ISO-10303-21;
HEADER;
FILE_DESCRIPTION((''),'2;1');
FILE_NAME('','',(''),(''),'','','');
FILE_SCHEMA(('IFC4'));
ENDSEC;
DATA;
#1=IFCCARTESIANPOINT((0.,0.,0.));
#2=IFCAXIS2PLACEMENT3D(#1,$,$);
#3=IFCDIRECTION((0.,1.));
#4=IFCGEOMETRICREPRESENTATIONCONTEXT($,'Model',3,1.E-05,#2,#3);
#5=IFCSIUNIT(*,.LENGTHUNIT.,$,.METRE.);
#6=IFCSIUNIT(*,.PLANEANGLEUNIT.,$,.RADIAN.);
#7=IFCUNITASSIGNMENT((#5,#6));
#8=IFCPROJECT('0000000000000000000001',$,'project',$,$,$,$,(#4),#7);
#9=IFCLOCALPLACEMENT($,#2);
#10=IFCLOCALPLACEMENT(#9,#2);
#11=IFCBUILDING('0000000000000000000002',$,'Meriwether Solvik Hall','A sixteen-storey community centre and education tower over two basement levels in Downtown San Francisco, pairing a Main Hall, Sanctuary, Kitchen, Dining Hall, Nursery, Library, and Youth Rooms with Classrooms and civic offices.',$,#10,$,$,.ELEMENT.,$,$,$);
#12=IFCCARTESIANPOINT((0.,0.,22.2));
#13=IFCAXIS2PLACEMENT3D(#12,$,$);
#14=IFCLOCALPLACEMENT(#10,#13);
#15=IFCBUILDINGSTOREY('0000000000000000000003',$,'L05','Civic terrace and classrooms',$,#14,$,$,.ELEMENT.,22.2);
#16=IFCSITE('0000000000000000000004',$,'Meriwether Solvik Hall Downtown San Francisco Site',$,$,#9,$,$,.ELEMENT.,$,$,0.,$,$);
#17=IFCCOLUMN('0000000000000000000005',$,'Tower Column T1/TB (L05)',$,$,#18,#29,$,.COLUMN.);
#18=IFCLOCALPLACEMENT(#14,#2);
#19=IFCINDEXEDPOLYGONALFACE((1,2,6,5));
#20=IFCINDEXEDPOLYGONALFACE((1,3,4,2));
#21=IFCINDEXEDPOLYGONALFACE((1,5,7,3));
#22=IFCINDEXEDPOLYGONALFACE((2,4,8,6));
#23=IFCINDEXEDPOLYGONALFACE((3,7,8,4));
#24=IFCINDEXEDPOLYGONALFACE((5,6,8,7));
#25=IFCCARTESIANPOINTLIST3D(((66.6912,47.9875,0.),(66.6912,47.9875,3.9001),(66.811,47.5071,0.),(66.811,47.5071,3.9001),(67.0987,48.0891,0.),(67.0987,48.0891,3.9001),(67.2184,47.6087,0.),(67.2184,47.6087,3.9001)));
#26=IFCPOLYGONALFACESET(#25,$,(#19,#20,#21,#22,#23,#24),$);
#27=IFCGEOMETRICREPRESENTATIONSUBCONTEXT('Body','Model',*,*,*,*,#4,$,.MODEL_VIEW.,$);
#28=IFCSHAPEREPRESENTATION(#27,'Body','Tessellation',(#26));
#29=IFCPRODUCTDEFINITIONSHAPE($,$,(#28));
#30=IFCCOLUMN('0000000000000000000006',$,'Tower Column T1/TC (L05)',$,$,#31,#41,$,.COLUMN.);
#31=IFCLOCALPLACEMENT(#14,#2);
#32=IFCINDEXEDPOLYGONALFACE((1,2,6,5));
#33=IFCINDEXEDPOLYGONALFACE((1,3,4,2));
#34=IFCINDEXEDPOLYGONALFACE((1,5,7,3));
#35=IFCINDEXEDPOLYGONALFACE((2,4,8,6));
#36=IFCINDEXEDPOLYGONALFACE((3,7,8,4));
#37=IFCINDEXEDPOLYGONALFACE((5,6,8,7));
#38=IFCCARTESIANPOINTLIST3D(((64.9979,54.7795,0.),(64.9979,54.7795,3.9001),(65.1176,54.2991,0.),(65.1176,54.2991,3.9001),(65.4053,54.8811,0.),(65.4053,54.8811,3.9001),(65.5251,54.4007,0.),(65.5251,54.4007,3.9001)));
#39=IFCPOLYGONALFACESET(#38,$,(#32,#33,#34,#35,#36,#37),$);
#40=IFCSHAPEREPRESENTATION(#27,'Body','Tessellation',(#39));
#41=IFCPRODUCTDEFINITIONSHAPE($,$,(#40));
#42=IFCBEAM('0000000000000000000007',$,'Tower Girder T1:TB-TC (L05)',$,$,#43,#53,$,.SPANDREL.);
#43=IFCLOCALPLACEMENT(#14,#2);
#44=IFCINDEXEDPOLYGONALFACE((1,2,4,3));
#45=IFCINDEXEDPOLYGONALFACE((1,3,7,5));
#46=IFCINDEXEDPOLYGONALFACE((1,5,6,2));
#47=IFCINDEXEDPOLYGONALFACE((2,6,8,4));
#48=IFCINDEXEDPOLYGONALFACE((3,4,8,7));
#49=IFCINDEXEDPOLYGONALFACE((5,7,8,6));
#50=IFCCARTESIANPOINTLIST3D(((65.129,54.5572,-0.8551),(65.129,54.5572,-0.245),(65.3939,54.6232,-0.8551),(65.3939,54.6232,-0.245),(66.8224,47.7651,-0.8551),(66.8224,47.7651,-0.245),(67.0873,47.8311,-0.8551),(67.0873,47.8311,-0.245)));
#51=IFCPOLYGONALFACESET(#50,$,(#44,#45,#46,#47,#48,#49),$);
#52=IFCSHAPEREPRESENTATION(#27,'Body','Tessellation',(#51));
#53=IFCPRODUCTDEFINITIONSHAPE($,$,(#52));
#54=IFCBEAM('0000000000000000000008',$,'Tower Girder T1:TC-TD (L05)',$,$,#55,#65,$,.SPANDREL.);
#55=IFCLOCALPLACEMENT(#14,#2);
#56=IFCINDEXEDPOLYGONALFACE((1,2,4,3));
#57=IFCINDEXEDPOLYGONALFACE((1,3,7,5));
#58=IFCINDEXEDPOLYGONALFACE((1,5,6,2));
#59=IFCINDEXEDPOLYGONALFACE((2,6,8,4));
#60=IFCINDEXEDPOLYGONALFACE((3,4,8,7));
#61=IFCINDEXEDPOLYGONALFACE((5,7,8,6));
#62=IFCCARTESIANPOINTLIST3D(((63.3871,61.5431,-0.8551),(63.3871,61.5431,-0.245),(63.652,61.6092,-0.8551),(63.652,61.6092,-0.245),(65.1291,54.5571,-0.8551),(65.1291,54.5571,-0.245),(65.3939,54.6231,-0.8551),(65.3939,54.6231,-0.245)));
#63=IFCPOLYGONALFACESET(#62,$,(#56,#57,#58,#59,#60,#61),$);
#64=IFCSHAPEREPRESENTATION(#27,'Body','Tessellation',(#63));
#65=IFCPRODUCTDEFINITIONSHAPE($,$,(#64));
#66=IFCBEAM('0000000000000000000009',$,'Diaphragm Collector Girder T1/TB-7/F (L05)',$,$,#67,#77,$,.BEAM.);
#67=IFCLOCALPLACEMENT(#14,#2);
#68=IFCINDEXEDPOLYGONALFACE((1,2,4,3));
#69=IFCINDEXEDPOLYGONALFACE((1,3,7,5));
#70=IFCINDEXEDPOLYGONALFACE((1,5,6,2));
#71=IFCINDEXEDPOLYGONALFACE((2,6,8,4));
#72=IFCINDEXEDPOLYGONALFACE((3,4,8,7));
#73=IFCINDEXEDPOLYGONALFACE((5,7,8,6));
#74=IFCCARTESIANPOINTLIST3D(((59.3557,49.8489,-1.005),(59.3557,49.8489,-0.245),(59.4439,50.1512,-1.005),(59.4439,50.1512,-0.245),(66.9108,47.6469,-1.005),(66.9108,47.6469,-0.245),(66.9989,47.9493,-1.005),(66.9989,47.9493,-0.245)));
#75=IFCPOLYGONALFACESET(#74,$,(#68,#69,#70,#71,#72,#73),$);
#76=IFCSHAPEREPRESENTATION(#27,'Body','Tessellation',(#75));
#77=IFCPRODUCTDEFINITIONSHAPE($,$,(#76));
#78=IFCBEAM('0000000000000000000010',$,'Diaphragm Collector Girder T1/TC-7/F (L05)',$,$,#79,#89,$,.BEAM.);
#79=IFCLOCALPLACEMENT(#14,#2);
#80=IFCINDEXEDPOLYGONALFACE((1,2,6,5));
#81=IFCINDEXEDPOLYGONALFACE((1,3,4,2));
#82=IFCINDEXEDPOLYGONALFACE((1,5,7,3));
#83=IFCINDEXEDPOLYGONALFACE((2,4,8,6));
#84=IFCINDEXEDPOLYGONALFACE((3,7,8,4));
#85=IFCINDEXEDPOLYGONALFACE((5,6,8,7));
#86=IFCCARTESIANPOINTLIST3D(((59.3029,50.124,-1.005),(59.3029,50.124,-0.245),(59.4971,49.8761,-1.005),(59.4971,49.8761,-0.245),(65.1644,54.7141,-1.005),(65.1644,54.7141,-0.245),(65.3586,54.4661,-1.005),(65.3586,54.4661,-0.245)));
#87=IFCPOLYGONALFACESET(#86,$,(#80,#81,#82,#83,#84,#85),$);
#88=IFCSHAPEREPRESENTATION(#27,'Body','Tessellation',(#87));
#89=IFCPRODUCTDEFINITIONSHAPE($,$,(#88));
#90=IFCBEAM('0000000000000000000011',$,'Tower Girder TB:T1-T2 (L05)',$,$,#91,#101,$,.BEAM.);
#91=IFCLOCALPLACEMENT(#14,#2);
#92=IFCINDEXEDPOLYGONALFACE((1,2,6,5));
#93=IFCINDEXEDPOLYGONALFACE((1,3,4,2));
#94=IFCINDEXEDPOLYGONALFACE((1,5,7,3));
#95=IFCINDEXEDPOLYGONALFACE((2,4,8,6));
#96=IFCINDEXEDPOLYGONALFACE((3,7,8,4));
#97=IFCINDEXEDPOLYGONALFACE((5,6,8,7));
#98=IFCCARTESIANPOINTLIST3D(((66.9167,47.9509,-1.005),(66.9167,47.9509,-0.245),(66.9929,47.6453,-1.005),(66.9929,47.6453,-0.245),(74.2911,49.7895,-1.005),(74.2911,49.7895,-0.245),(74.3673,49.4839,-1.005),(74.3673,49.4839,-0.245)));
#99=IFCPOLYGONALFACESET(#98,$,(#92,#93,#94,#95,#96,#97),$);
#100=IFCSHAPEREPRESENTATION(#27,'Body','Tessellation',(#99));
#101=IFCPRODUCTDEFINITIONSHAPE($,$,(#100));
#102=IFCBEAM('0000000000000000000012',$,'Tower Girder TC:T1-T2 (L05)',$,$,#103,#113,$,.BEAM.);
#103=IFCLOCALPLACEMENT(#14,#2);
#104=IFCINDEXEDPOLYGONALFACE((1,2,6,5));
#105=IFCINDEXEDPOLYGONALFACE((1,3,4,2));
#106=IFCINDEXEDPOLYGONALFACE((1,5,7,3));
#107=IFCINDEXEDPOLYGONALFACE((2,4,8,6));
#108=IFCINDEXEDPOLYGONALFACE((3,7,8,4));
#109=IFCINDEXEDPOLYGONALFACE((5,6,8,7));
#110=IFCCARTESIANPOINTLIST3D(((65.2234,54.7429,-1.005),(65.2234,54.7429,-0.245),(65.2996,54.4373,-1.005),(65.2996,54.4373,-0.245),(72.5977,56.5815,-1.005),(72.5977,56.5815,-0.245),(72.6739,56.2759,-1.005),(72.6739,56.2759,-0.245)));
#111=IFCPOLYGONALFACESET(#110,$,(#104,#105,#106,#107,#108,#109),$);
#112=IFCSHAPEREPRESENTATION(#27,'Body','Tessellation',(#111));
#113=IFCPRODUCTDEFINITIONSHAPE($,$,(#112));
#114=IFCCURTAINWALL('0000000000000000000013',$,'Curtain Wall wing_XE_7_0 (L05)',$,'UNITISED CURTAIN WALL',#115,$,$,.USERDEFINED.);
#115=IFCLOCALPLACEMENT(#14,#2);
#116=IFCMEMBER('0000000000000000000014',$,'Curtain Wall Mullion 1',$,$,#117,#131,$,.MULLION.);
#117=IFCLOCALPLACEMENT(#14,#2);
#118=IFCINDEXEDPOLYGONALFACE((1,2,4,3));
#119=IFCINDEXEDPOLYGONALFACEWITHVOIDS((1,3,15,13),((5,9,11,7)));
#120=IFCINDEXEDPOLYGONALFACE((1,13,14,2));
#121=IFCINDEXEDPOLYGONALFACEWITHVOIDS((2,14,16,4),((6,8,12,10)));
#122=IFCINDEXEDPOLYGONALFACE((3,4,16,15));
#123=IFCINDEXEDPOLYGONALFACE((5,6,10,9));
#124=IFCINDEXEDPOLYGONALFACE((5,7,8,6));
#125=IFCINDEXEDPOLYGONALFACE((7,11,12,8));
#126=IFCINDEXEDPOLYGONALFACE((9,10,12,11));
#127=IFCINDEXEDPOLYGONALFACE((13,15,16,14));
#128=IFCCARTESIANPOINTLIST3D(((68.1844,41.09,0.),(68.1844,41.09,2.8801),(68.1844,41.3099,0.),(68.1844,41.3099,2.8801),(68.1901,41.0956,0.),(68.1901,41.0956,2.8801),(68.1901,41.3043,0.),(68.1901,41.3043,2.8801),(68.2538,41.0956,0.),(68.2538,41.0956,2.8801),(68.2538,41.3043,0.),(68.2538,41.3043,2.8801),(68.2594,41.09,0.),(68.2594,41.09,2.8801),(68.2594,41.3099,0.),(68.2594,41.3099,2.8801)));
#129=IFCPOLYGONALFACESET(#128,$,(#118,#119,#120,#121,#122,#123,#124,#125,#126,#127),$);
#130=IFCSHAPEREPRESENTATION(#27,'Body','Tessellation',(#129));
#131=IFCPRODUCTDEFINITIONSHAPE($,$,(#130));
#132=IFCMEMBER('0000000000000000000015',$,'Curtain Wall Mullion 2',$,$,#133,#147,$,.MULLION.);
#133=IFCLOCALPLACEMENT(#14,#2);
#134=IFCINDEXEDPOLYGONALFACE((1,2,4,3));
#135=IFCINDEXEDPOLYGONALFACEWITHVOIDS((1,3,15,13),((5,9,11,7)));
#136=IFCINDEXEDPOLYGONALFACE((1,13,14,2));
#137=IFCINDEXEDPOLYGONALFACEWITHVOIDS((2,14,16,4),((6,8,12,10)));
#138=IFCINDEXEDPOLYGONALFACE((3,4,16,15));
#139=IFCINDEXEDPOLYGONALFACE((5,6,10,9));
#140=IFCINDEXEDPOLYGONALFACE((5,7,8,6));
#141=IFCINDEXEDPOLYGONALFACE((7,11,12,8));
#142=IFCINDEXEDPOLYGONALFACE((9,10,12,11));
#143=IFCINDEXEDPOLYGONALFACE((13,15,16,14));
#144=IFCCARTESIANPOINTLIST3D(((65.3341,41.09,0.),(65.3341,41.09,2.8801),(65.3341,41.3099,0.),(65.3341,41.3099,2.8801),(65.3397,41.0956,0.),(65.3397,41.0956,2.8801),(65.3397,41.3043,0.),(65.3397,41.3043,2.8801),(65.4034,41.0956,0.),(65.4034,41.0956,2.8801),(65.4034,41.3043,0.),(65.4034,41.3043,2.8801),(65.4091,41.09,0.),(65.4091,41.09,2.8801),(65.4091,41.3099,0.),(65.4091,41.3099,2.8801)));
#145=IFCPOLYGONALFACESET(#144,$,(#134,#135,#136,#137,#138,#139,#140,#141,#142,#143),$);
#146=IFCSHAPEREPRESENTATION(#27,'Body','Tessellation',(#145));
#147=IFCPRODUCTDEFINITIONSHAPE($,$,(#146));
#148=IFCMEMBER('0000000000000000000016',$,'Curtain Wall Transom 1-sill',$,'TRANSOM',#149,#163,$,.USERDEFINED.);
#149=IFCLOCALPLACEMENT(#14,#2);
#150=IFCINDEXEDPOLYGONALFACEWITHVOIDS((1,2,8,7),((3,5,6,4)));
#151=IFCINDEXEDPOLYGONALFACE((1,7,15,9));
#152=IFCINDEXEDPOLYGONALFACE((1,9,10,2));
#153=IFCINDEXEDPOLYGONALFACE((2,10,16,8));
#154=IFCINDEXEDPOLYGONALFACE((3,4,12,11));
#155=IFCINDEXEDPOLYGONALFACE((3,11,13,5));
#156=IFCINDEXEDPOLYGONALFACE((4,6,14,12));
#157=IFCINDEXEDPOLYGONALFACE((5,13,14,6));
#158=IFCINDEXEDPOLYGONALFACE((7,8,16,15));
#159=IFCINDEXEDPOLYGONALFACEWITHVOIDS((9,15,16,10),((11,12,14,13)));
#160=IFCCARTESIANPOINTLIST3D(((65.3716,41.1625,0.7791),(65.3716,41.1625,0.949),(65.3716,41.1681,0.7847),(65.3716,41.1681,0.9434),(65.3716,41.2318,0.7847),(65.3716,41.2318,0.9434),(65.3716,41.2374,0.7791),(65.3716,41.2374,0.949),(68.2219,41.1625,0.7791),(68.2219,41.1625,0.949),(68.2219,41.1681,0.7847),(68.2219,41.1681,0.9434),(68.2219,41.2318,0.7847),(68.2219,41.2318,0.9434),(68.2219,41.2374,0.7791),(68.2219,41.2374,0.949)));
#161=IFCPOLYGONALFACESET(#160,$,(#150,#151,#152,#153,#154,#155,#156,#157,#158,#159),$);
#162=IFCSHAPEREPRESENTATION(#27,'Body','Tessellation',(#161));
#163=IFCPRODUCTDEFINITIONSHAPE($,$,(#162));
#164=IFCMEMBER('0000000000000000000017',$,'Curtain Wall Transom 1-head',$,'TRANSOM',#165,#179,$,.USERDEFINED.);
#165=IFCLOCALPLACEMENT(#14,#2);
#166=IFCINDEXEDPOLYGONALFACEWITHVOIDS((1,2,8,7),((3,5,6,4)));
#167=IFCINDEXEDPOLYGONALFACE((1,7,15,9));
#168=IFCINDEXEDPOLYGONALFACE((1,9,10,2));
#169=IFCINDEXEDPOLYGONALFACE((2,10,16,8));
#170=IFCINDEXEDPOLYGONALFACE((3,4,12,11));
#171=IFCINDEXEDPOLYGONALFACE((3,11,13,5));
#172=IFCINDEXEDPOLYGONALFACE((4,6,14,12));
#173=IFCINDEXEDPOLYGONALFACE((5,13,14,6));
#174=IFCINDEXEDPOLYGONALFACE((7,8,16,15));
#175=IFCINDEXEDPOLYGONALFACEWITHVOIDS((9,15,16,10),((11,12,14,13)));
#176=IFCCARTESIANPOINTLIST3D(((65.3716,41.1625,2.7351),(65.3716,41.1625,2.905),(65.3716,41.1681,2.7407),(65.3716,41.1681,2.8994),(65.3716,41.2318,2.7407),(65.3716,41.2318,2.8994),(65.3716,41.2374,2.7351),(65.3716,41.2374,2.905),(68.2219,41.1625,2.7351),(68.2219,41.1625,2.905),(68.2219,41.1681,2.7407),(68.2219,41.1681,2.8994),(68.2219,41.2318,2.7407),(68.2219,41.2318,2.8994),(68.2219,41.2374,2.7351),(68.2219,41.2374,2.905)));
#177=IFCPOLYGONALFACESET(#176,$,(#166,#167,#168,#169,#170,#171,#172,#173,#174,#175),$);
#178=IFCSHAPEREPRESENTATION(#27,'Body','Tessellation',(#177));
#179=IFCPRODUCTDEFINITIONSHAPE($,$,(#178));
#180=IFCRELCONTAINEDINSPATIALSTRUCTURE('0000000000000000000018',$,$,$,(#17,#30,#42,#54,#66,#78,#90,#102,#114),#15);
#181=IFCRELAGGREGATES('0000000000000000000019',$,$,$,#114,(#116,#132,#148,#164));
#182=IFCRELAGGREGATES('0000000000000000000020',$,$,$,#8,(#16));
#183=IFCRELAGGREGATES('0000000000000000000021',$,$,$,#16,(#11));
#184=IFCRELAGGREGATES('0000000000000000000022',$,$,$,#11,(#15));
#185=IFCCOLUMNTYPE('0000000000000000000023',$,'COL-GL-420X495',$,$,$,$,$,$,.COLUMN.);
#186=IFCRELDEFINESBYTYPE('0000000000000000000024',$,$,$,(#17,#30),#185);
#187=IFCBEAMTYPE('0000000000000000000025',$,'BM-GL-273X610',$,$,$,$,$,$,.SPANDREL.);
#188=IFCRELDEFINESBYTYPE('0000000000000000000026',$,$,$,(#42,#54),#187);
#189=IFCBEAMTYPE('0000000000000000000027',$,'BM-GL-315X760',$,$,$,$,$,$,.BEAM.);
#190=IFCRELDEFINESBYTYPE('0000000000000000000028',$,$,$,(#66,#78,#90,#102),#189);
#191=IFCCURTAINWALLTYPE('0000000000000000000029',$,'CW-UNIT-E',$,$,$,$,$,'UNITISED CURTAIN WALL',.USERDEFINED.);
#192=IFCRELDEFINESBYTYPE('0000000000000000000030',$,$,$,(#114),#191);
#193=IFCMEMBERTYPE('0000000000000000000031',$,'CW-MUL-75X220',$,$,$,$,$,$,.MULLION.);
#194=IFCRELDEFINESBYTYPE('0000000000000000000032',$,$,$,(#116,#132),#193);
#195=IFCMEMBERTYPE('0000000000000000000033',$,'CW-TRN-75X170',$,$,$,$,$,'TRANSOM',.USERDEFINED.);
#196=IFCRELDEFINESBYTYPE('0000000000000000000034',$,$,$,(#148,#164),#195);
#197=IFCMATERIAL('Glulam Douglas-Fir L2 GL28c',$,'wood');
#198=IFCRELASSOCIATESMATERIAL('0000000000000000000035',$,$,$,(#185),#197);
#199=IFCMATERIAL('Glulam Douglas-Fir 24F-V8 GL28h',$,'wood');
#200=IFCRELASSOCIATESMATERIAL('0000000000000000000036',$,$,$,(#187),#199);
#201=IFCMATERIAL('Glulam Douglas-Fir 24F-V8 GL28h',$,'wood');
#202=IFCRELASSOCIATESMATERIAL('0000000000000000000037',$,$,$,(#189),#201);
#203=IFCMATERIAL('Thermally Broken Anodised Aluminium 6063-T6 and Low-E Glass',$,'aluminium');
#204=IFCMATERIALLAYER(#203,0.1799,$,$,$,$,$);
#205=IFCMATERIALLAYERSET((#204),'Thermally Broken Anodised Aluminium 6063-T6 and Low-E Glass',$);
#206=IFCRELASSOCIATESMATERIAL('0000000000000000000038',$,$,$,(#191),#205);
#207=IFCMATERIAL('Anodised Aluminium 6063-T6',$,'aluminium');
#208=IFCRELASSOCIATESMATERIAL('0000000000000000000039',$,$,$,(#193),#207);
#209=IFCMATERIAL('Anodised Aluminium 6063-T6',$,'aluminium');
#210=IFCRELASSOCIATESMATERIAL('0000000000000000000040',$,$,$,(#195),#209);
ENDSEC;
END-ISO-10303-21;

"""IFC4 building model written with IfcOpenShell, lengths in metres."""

from ifc_helpers import new_model, si_unit, direction, frame, origin, origin_2d, place, context, subcontext, project, spatial, rectangle, hollow_rectangle, extrude, material, layer, layer_set, material_profile, profile_set, type_object, element, aggregate, save


model = new_model("IFC4")

# Units and contexts
model_context = context("Model", 3, precision=1e-05, world=origin(), true_north=direction((0.0, 1.0)))
body_context = subcontext(model_context, "Body", "Model", "MODEL_VIEW")
ifc_project = project(units=[si_unit("LENGTHUNIT", "METRE"), si_unit("PLANEANGLEUNIT", "RADIAN")], contexts=[model_context])

# Site, building, storey
site_placement = place(None, origin())
site = spatial("IfcSite", under=ifc_project, at=site_placement, Name="Meriwether Solvik Hall Downtown San Francisco Site", CompositionType="ELEMENT", RefElevation=0.0)
building_placement = place(site_placement, origin())
building = spatial("IfcBuilding", under=site, at=building_placement, Name="Meriwether Solvik Hall", Description="A sixteen-storey community centre and education tower over two basement levels in Downtown San Francisco, pairing a Main Hall, Sanctuary, Kitchen, Dining Hall, Nursery, Library, and Youth Rooms with Classrooms and civic offices.", CompositionType="ELEMENT")
storey_placement = place(building_placement, frame((0.0, 0.0, 22.2)))
storey = spatial("IfcBuildingStorey", under=building, at=storey_placement, Name="L05", Description="Civic terrace and classrooms", CompositionType="ELEMENT", Elevation=22.2)

# Columns
ifc_material_1 = material(Name="Glulam Douglas-Fir L2 GL28c", Category="wood")
ifc_material_profile_1 = material_profile(ifc_material_1, rectangle(XDim=0.4199, YDim=0.4951, at=origin_2d()), Name="GLC-420X495")
ifc_profile_set_1 = profile_set([ifc_material_profile_1], Name="Glulam Douglas-Fir L2 GL28c")
column_type = type_object("IfcColumnType", Name="COL-GL-420X495", PredefinedType="COLUMN", material=ifc_profile_set_1)
for number, where, z_axis, x_axis, name in (
    (1, (66.9548, 47.7981, 0.0), (0.0, 0.0, 1.0), (0.970296, 0.241922, 0.0), "Tower Column T1/TB (L05)"),
    (2, (65.2615, 54.5901, 0.0), (0.0, 0.0, 1.0), (0.970296, 0.241922, 0.0), "Tower Column T1/TC (L05)"),
):
    element("IfcColumn", number, at=place(storey_placement, frame(where, z_axis=z_axis, x_axis=x_axis)), inside=storey, type_object=column_type, Name=name, PredefinedType="COLUMN", context=body_context, shape_type="SweptSolid", body=[
        extrude(rectangle(XDim=0.4199, YDim=0.4951, at=origin_2d()), origin(), (0.0, 0.0, 1.0), 3.9001),
    ])

# Beams
ifc_material_2 = material(Name="Glulam Douglas-Fir 24F-V8 GL28h", Category="wood")
ifc_material_profile_2 = material_profile(ifc_material_2, rectangle(XDim=0.2729, YDim=0.6101, at=origin_2d()), Name="GLB-273X610")
ifc_profile_set_2 = profile_set([ifc_material_profile_2], Name="Glulam Douglas-Fir 24F-V8 GL28h")
beam_type_1 = type_object("IfcBeamType", Name="BM-GL-273X610", PredefinedType="SPANDREL", material=ifc_profile_set_2)
beam_1_placement = place(storey_placement, frame((66.9548, 47.7981, -0.55), z_axis=(-0.241912, 0.970298, 0.0), x_axis=(-0.970298, -0.241912, 0.0)))
element("IfcBeam", 3, at=beam_1_placement, inside=storey, type_object=beam_type_1, Name="Tower Girder T1:TB-TC (L05)", PredefinedType="SPANDREL", context=body_context, shape_type="SweptSolid", body=[
    extrude(rectangle(XDim=0.2729, YDim=0.6101, at=origin_2d()), origin(), (0.0, 0.0, 1.0), 7.0),
])
beam_2_placement = place(storey_placement, frame((65.2615, 54.5901, -0.55), z_axis=(-0.241937, 0.970292, 0.0), x_axis=(-0.970292, -0.241937, 0.0)))
element("IfcBeam", 4, at=beam_2_placement, inside=storey, type_object=beam_type_1, Name="Tower Girder T1:TC-TD (L05)", PredefinedType="SPANDREL", context=body_context, shape_type="SweptSolid", body=[
    extrude(rectangle(XDim=0.2729, YDim=0.6101, at=origin_2d()), origin(), (0.0, 0.0, 1.0), 7.2),
])
ifc_material_3 = material(Name="Glulam Douglas-Fir 24F-V8 GL28h", Category="wood")
ifc_material_profile_3 = material_profile(ifc_material_3, rectangle(XDim=0.3149, YDim=0.76, at=origin_2d()), Name="GLB-315X760")
ifc_profile_set_3 = profile_set([ifc_material_profile_3], Name="Glulam Douglas-Fir 24F-V8 GL28h")
beam_type_2 = type_object("IfcBeamType", Name="BM-GL-315X760", PredefinedType="BEAM", material=ifc_profile_set_3)
beam_3_placement = place(storey_placement, frame((66.9548, 47.7981, -0.625), z_axis=(-0.960055, 0.279811, 0.0), x_axis=(-0.279811, -0.960055, 0.0)))
element("IfcBeam", 5, at=beam_3_placement, inside=storey, type_object=beam_type_2, Name="Diaphragm Collector Girder T1/TB-7/F (L05)", PredefinedType="BEAM", context=body_context, shape_type="SweptSolid", body=[
    extrude(rectangle(XDim=0.3149, YDim=0.76, at=origin_2d()), origin(), (0.0, 0.0, 1.0), 7.8694),
])
beam_4_placement = place(storey_placement, frame((65.2615, 54.5901, -0.625), z_axis=(-0.787324, -0.616539, 0.0), x_axis=(0.616539, -0.787324, 0.0)))
element("IfcBeam", 6, at=beam_4_placement, inside=storey, type_object=beam_type_2, Name="Diaphragm Collector Girder T1/TC-7/F (L05)", PredefinedType="BEAM", context=body_context, shape_type="SweptSolid", body=[
    extrude(rectangle(XDim=0.3149, YDim=0.76, at=origin_2d()), origin(), (0.0, 0.0, 1.0), 7.4448),
])
for number, where, z_axis, x_axis, name in (
    (7, (66.9548, 47.7981, -0.625), (0.970295, 0.241923, 0.0), (-0.241923, 0.970295, 0.0), "Tower Girder TB:T1-T2 (L05)"),
    (8, (65.2615, 54.5901, -0.625), (0.970295, 0.241923, 0.0), (-0.241923, 0.970295, 0.0), "Tower Girder TC:T1-T2 (L05)"),
):
    element("IfcBeam", number, at=place(storey_placement, frame(where, z_axis=z_axis, x_axis=x_axis)), inside=storey, type_object=beam_type_2, Name=name, PredefinedType="BEAM", context=body_context, shape_type="SweptSolid", body=[
        extrude(rectangle(XDim=0.3149, YDim=0.76, at=origin_2d()), origin(), (0.0, 0.0, 1.0), 7.6001),
    ])

# Curtain wall, members
ifc_material_4 = material(Name="Thermally Broken Anodised Aluminium 6063-T6 and Low-E Glass", Category="aluminium")
ifc_layer_1 = layer(ifc_material_4, 0.1799)
ifc_layer_set_1 = layer_set([ifc_layer_1], Name="Thermally Broken Anodised Aluminium 6063-T6 and Low-E Glass")
curtain_wall_type = type_object("IfcCurtainWallType", Name="CW-UNIT-E", ElementType="UNITISED CURTAIN WALL", PredefinedType="USERDEFINED", material=ifc_layer_set_1)
curtain_wall_placement = place(storey_placement, origin())
curtain_wall = element("IfcCurtainWall", 9, at=curtain_wall_placement, inside=storey, type_object=curtain_wall_type, Name="Curtain Wall wing_XE_7_0 (L05)", ObjectType="UNITISED CURTAIN WALL", PredefinedType="USERDEFINED")
ifc_material_5 = material(Name="Anodised Aluminium 6063-T6", Category="aluminium")
ifc_material_profile_4 = material_profile(ifc_material_5, hollow_rectangle(XDim=0.075, YDim=0.22, WallThickness=0.0056, at=origin_2d()), Name="CWM-75X220")
ifc_profile_set_4 = profile_set([ifc_material_profile_4], Name="Anodised Aluminium 6063-T6")
member_type_1 = type_object("IfcMemberType", Name="CW-MUL-75X220", PredefinedType="MULLION", material=ifc_profile_set_4)
member_1_placement = place(storey_placement, frame((68.2219, 41.2, 0.0), z_axis=(0.0, 0.0, 1.0), x_axis=(-1.0, 0.0, 0.0)))
member_1 = element("IfcMember", 10, at=member_1_placement, type_object=member_type_1, Name="Curtain Wall Mullion 1", PredefinedType="MULLION", context=body_context, shape_type="SweptSolid", body=[
    extrude(hollow_rectangle(XDim=0.075, YDim=0.22, WallThickness=0.0056, at=origin_2d()), origin(), (0.0, 0.0, 1.0), 2.8801),
])
member_2_placement = place(storey_placement, frame((65.3716, 41.2, 0.0), z_axis=(0.0, 0.0, 1.0), x_axis=(-1.0, 0.0, 0.0)))
member_2 = element("IfcMember", 11, at=member_2_placement, type_object=member_type_1, Name="Curtain Wall Mullion 2", PredefinedType="MULLION", context=body_context, shape_type="SweptSolid", body=[
    extrude(hollow_rectangle(XDim=0.075, YDim=0.22, WallThickness=0.0056, at=origin_2d()), origin(), (0.0, 0.0, 1.0), 2.8801),
])
ifc_material_6 = material(Name="Anodised Aluminium 6063-T6", Category="aluminium")
ifc_material_profile_5 = material_profile(ifc_material_6, hollow_rectangle(XDim=0.075, YDim=0.1699, WallThickness=0.0056, at=origin_2d()), Name="CWT-75X170")
ifc_profile_set_5 = profile_set([ifc_material_profile_5], Name="Anodised Aluminium 6063-T6")
member_type_2 = type_object("IfcMemberType", Name="CW-TRN-75X170", ElementType="TRANSOM", PredefinedType="USERDEFINED", material=ifc_profile_set_5)
member_3_placement = place(storey_placement, frame((68.2219, 41.2, 0.864), z_axis=(-1.0, 0.0, 0.0), x_axis=(0.0, -1.0, 0.0)))
member_3 = element("IfcMember", 12, at=member_3_placement, type_object=member_type_2, Name="Curtain Wall Transom 1-sill", ObjectType="TRANSOM", PredefinedType="USERDEFINED", context=body_context, shape_type="SweptSolid", body=[
    extrude(hollow_rectangle(XDim=0.075, YDim=0.1699, WallThickness=0.0056, at=origin_2d()), origin(), (0.0, 0.0, 1.0), 2.8503),
])
member_4_placement = place(storey_placement, frame((68.2219, 41.2, 2.8201), z_axis=(-1.0, 0.0, 0.0), x_axis=(0.0, -1.0, 0.0)))
member_4 = element("IfcMember", 13, at=member_4_placement, type_object=member_type_2, Name="Curtain Wall Transom 1-head", ObjectType="TRANSOM", PredefinedType="USERDEFINED", context=body_context, shape_type="SweptSolid", body=[
    extrude(hollow_rectangle(XDim=0.075, YDim=0.1699, WallThickness=0.0056, at=origin_2d()), origin(), (0.0, 0.0, 1.0), 2.8503),
])

aggregate(curtain_wall, [member_1, member_2, member_3, member_4])

save(model, "model.ifc")
